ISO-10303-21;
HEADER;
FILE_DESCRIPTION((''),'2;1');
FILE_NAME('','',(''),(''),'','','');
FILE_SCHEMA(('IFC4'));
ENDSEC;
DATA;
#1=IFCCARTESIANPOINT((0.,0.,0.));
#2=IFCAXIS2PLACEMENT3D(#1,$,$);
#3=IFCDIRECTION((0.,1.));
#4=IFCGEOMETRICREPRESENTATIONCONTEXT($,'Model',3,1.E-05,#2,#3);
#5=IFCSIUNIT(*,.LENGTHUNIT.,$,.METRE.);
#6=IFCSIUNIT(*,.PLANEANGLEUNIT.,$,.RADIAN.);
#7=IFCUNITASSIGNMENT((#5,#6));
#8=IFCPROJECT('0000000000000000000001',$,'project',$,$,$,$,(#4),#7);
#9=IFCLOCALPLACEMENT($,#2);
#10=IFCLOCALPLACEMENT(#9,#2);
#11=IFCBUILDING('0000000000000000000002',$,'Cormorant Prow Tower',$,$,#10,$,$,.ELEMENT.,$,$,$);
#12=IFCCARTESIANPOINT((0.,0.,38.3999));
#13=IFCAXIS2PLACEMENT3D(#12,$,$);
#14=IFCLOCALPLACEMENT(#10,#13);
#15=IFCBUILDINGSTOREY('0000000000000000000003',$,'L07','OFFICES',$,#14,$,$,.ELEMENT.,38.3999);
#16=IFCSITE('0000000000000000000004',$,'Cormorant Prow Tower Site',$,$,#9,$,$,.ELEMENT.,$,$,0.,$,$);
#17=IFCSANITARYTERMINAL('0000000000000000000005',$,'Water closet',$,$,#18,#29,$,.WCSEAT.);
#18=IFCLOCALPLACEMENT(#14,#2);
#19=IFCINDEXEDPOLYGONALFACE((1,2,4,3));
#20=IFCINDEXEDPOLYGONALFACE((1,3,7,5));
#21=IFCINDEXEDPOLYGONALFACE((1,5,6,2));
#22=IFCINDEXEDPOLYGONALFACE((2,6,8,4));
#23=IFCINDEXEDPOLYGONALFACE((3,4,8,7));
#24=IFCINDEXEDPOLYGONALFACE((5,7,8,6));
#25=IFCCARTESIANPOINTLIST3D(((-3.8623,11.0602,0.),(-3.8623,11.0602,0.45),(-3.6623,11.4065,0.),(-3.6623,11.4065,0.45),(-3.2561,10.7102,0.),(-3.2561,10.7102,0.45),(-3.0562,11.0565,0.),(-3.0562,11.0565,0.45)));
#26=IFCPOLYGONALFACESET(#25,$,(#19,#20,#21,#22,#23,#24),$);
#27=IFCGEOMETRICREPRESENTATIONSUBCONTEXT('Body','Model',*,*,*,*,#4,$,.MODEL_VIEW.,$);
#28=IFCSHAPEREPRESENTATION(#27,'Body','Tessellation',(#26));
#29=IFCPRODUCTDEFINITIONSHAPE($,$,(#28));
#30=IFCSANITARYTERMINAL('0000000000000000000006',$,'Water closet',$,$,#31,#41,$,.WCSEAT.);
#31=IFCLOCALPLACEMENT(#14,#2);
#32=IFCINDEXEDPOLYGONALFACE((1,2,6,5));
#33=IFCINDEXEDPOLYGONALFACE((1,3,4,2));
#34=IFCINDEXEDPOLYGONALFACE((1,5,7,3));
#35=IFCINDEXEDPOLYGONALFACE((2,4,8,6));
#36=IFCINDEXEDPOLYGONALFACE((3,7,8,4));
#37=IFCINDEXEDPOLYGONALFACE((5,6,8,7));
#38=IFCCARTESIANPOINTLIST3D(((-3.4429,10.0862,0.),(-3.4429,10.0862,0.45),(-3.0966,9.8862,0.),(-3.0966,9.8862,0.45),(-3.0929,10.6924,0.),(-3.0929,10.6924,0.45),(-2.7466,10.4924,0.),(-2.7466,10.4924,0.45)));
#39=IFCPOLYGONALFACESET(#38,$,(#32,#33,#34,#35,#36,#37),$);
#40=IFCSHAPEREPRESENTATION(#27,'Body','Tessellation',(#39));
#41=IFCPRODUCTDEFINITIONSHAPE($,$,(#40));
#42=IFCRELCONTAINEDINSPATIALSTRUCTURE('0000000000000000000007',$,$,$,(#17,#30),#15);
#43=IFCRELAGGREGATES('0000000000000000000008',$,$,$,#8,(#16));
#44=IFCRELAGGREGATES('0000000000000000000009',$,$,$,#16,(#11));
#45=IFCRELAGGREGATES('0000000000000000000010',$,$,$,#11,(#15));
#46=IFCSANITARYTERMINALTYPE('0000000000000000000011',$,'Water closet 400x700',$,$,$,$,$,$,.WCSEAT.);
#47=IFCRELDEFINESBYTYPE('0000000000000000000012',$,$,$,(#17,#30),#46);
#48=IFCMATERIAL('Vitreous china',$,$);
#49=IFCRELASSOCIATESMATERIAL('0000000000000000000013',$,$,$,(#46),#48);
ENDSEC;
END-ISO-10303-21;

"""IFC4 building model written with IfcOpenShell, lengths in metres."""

from ifc_helpers import new_model, si_unit, direction, frame, origin, origin_2d, place, context, subcontext, project, spatial, rectangle, extrude, material, type_object, element, save


model = new_model("IFC4")

# Units and contexts
model_context = context("Model", 3, precision=1e-05, world=origin(), true_north=direction((0.0, 1.0)))
body_context = subcontext(model_context, "Body", "Model", "MODEL_VIEW")
ifc_project = project(units=[si_unit("LENGTHUNIT", "METRE"), si_unit("PLANEANGLEUNIT", "RADIAN")], contexts=[model_context])

# Site, building, storey
site_placement = place(None, origin())
site = spatial("IfcSite", under=ifc_project, at=site_placement, Name="Cormorant Prow Tower Site", CompositionType="ELEMENT", RefElevation=0.0)
building_placement = place(site_placement, origin())
building = spatial("IfcBuilding", under=site, at=building_placement, Name="Cormorant Prow Tower", CompositionType="ELEMENT")
storey_placement = place(building_placement, frame((0.0, 0.0, 38.3999)))
storey = spatial("IfcBuildingStorey", under=building, at=storey_placement, Name="L07", Description="OFFICES", CompositionType="ELEMENT", Elevation=38.3999)

# Sanitary terminals
ifc_material_1 = material(Name="Vitreous china")
sanitary_terminal_type_1 = type_object("IfcSanitaryTerminalType", Name="Water closet 400x700", PredefinedType="WCSEAT", material=ifc_material_1)
for number, where, z_axis, x_axis, name in (
    (1, (-3.4592, 11.0583, 0.0), (0.0, 0.0, 1.0), (-0.5, -0.866025, 0.0), "Water closet"),
    (2, (-3.0947, 10.2893, 0.0), (0.0, 0.0, 1.0), (0.866017, -0.500015, 0.0), "Water closet"),
):
    element("IfcSanitaryTerminal", number, at=place(storey_placement, frame(where, z_axis=z_axis, x_axis=x_axis)), inside=storey, type_object=sanitary_terminal_type_1, Name=name, PredefinedType="WCSEAT", context=body_context, shape_type="SweptSolid", body=[
        extrude(rectangle(XDim=0.3999, YDim=0.7, at=origin_2d()), origin(), (0.0, 0.0, 1.0), 0.45),
    ])

save(model, "model.ifc")
